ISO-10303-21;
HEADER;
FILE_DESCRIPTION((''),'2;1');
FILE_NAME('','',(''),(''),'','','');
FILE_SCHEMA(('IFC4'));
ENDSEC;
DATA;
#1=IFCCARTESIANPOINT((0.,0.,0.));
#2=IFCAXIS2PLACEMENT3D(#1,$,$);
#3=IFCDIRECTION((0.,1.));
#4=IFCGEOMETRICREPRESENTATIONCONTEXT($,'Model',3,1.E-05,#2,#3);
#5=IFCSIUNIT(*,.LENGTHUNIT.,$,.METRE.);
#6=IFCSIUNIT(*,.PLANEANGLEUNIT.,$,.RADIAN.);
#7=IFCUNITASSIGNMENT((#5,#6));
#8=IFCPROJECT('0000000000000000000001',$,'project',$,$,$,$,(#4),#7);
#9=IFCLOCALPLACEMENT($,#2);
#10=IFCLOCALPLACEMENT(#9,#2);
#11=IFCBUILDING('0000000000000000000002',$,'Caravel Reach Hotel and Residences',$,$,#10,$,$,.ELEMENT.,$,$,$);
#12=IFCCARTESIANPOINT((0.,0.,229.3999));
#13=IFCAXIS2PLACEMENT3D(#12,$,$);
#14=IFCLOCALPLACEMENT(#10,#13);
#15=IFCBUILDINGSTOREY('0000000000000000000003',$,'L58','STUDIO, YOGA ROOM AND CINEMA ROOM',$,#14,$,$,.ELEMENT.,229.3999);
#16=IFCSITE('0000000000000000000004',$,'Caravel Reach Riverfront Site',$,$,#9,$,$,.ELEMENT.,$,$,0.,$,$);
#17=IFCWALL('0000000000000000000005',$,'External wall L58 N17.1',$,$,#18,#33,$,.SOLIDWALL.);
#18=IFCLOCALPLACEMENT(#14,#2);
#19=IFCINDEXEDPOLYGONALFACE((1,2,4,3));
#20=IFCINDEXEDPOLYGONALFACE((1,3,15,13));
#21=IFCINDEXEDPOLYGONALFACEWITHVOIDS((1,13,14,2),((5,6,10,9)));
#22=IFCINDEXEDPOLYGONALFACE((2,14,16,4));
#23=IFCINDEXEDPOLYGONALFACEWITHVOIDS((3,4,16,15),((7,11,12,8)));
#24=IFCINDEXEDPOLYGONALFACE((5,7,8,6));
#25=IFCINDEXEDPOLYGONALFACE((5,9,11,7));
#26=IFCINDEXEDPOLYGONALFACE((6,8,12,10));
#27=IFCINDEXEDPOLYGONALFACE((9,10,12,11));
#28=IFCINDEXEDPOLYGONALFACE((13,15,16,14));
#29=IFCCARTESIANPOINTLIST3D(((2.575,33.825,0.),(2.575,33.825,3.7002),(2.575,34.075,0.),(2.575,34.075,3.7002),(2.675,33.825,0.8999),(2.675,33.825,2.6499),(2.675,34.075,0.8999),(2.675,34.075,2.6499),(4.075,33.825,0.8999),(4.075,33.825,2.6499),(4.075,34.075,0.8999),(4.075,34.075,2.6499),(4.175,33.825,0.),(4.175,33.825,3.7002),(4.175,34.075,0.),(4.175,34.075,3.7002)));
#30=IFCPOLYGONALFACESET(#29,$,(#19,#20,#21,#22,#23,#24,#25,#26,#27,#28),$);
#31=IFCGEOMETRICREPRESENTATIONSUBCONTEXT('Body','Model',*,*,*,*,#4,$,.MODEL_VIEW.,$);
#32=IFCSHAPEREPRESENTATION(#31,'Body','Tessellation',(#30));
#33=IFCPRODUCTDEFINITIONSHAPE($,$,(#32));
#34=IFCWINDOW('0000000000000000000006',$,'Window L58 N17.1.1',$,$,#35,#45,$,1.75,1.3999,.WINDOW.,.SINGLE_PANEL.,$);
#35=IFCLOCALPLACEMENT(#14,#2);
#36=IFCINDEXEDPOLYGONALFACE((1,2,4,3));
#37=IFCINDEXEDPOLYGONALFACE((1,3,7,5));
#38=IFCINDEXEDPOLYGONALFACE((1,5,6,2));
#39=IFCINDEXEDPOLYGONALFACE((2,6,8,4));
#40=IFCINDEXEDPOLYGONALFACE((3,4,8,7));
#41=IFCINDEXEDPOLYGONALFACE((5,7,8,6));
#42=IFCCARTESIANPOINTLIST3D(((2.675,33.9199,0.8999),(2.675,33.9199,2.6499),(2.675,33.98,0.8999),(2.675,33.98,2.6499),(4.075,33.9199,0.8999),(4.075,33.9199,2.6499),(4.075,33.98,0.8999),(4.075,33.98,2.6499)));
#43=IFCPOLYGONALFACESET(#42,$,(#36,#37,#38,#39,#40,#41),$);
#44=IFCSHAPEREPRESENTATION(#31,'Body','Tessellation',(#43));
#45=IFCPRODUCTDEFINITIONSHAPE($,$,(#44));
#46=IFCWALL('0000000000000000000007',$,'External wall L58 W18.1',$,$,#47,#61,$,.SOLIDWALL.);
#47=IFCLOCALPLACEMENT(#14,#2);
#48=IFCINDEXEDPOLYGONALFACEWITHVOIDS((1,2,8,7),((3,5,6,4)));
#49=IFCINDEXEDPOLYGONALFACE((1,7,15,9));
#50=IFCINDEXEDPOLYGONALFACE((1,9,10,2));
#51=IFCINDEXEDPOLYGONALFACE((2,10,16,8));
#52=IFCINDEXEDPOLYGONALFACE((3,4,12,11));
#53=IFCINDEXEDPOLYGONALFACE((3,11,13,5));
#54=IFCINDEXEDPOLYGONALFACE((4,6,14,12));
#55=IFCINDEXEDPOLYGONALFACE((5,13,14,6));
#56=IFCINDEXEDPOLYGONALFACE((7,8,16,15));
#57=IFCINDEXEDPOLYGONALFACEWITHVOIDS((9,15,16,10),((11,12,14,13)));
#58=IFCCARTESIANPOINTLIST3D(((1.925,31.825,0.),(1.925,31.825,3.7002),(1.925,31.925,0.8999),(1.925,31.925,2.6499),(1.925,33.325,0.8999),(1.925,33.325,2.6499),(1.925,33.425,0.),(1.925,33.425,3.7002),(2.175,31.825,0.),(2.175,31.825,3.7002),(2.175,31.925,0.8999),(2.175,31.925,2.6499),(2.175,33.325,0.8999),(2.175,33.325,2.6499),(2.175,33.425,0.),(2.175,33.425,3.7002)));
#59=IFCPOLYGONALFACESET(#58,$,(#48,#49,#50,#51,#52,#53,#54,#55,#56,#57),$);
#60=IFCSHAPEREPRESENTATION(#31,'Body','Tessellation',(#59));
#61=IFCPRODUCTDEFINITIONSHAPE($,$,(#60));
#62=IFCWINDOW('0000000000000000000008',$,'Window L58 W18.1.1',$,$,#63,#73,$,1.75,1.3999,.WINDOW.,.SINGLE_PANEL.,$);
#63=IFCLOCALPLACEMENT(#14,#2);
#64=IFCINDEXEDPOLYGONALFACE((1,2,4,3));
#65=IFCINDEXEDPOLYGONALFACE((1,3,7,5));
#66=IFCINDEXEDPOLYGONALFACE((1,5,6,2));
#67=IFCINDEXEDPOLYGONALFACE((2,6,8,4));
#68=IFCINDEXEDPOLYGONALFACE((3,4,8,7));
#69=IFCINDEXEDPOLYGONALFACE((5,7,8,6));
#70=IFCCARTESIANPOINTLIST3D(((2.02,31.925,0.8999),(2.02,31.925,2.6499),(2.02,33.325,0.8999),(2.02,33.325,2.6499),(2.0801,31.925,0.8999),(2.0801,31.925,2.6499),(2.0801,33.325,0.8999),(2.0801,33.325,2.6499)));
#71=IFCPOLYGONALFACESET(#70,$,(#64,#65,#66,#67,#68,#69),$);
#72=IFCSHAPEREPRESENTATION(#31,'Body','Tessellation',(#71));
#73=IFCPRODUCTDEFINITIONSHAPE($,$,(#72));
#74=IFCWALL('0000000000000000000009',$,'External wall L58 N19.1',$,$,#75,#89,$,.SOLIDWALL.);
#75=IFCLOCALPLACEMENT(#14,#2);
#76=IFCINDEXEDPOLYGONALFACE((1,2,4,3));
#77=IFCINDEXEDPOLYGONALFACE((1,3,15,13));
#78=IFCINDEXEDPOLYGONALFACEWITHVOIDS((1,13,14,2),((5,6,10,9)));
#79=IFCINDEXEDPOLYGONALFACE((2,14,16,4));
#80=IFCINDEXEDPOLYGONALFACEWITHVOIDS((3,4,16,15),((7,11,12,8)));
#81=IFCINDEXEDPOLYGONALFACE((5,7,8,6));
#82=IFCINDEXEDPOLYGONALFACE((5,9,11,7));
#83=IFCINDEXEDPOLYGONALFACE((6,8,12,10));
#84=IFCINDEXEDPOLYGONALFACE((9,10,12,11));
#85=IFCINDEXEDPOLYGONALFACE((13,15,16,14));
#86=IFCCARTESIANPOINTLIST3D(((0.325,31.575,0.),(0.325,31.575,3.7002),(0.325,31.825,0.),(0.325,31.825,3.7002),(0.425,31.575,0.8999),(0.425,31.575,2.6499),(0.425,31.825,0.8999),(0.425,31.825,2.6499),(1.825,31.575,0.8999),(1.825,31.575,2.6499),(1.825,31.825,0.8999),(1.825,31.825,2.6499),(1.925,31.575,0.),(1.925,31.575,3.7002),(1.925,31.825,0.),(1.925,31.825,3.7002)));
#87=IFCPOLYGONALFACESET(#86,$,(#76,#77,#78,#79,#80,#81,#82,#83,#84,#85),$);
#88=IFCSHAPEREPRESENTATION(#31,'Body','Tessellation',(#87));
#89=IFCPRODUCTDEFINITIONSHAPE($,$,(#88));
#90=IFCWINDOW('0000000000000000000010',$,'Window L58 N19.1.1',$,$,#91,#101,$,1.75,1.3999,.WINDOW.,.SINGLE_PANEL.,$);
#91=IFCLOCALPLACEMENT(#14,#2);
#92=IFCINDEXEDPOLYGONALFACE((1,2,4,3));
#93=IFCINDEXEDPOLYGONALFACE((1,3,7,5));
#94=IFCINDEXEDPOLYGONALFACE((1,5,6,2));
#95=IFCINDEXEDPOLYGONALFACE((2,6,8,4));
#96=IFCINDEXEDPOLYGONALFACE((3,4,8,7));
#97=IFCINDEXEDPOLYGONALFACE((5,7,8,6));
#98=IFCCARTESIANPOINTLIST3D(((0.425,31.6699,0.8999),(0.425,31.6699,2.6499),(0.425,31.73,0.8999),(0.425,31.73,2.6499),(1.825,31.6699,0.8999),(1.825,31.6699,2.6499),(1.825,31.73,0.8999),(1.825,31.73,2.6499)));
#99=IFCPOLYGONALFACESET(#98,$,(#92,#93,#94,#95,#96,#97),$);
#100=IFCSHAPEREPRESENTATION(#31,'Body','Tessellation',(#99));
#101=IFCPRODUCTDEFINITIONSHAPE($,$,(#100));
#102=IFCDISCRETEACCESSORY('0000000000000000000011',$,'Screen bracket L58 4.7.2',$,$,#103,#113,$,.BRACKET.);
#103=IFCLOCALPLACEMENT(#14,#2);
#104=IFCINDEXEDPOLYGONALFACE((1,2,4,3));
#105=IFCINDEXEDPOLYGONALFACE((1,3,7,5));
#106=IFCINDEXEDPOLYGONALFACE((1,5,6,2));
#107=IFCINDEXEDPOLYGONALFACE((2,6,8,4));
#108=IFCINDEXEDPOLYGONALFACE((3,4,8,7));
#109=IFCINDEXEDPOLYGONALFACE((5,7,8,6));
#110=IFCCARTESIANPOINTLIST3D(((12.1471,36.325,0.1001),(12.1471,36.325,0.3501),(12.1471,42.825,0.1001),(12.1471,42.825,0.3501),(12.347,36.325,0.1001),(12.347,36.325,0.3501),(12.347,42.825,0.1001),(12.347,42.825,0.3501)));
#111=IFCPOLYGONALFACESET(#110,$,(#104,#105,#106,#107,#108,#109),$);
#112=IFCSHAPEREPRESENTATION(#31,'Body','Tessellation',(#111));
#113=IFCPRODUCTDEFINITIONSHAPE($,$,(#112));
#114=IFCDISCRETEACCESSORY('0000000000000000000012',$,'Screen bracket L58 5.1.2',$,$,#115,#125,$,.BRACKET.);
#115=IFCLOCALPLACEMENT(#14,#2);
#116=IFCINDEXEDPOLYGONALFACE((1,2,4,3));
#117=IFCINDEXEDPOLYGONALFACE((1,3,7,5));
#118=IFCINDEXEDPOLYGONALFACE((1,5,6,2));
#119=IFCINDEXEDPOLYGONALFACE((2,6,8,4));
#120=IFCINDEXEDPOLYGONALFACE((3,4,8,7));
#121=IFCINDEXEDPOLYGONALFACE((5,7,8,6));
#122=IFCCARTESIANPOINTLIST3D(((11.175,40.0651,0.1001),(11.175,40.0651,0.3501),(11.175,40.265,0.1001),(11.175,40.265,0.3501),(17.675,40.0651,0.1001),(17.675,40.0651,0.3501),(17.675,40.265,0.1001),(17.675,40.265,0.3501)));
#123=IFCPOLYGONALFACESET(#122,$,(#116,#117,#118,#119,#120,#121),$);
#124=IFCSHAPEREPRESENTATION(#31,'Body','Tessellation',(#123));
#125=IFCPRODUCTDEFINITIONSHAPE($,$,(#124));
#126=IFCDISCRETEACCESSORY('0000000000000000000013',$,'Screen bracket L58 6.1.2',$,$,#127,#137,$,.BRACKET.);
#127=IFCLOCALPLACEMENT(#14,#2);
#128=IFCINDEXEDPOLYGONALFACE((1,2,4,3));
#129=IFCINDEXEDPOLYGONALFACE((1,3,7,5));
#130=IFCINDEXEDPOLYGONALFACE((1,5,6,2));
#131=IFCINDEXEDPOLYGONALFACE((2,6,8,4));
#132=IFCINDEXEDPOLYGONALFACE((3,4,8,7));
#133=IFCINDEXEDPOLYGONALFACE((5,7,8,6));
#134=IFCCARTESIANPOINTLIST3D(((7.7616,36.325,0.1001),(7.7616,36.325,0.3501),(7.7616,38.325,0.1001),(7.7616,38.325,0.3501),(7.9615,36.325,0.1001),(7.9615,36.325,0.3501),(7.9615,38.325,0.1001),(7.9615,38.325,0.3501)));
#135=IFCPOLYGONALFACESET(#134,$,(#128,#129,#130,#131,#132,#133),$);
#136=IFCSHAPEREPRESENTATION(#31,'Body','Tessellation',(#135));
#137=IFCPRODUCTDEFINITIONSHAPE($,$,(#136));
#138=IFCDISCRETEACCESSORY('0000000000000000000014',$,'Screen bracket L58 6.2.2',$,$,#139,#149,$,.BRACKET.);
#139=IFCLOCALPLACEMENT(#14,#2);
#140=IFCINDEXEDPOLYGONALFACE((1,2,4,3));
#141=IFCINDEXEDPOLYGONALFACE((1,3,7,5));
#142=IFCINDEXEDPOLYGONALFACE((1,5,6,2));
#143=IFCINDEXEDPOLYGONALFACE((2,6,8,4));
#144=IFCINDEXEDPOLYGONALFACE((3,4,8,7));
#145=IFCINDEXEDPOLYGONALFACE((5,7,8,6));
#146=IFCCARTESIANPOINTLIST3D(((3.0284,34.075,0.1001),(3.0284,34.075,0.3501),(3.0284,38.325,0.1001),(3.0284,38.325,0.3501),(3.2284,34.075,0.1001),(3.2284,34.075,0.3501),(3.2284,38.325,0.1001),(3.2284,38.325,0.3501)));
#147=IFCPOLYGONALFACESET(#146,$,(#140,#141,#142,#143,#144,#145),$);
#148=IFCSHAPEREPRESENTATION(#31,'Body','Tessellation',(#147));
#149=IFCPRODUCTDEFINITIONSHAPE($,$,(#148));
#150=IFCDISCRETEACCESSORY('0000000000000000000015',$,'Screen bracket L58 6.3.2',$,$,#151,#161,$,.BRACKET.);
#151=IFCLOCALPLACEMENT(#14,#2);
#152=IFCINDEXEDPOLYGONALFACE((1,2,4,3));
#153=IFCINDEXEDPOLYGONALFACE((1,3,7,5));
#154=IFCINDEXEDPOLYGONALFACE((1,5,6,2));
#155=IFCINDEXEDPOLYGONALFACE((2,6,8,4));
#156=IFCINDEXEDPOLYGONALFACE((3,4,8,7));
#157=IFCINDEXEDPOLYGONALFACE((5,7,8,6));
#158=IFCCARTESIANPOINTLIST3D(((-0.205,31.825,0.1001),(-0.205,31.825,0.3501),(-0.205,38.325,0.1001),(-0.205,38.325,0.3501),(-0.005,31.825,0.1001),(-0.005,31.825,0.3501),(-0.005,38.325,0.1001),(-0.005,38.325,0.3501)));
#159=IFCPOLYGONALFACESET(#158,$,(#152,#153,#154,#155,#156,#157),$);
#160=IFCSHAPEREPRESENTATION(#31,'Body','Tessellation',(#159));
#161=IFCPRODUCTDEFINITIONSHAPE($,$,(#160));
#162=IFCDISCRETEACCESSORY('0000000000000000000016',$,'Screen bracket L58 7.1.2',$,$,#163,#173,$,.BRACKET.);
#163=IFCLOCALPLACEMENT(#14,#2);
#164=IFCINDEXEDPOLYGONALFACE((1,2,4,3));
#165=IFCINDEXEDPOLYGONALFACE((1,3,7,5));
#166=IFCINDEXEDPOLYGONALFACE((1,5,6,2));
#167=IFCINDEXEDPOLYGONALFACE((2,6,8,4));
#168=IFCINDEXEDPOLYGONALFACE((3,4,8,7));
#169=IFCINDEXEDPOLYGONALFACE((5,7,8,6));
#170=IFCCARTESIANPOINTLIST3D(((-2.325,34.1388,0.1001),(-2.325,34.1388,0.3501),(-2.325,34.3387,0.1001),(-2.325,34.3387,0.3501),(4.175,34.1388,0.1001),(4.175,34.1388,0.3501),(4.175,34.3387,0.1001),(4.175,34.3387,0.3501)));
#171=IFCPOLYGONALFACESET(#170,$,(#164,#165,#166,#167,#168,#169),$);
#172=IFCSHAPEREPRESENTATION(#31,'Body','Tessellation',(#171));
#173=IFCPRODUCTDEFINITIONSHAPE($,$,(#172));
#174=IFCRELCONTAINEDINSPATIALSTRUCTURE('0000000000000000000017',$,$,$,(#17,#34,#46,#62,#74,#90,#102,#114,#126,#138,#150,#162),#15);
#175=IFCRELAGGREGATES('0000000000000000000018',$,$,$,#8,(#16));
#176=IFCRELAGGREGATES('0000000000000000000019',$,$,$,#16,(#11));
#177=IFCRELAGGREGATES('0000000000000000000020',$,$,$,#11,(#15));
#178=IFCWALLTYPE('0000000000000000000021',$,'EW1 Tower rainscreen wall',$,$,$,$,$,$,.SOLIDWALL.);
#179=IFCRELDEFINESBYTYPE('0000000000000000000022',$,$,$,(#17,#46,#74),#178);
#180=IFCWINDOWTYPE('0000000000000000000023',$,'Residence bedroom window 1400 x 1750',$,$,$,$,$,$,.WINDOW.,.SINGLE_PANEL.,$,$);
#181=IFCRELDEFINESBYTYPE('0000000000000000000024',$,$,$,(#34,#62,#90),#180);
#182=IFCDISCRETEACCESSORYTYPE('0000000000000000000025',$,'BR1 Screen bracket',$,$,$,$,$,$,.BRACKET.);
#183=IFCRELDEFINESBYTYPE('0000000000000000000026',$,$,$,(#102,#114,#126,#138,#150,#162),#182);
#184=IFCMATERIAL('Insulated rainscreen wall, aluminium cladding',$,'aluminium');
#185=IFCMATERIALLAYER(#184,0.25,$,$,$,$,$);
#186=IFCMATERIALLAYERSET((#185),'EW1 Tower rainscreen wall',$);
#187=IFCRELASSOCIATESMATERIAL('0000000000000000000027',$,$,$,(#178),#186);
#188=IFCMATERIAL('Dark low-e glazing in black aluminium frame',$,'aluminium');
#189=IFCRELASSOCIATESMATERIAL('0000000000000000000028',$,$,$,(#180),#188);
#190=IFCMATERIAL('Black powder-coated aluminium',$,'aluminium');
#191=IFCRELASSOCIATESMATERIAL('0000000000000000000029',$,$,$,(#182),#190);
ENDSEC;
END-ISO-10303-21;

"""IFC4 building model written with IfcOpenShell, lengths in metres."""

from ifc_helpers import new_model, si_unit, direction, frame, frame_2d, origin, origin_2d, place, context, subcontext, project, spatial, rectangle, extrude, material, layer, layer_set, type_object, element, fill, save


model = new_model("IFC4")

# Units and contexts
model_context = context("Model", 3, precision=1e-05, world=origin(), true_north=direction((0.0, 1.0)))
body_context = subcontext(model_context, "Body", "Model", "MODEL_VIEW")
ifc_project = project(units=[si_unit("LENGTHUNIT", "METRE"), si_unit("PLANEANGLEUNIT", "RADIAN")], contexts=[model_context])

# Site, building, storey
site_placement = place(None, origin())
site = spatial("IfcSite", under=ifc_project, at=site_placement, Name="Caravel Reach Riverfront Site", CompositionType="ELEMENT", RefElevation=0.0)
building_placement = place(site_placement, origin())
building = spatial("IfcBuilding", under=site, at=building_placement, Name="Caravel Reach Hotel and Residences", CompositionType="ELEMENT")
storey_placement = place(building_placement, frame((0.0, 0.0, 229.3999)))
storey = spatial("IfcBuildingStorey", under=building, at=storey_placement, Name="L58", Description="STUDIO, YOGA ROOM AND CINEMA ROOM", CompositionType="ELEMENT", Elevation=229.3999)

# Shared definitions
ifc_material_1 = material(Name="Insulated rainscreen wall, aluminium cladding", Category="aluminium")
ifc_layer = layer(ifc_material_1, 0.25)
ifc_layer_set = layer_set([ifc_layer], Name="EW1 Tower rainscreen wall")
wall_type = type_object("IfcWallType", Name="EW1 Tower rainscreen wall", PredefinedType="SOLIDWALL", material=ifc_layer_set)

# Walls, openings, windows
ifc_material_2 = material(Name="Dark low-e glazing in black aluminium frame", Category="aluminium")
window_type_1 = type_object("IfcWindowType", Name="Residence bedroom window 1400 x 1750", PartitioningType="SINGLE_PANEL", PredefinedType="WINDOW", material=ifc_material_2)
wall_1_placement = place(storey_placement, frame((4.175, 33.95, 0.0), z_axis=(0.0, 0.0, 1.0), x_axis=(-1.0, 0.0, 0.0)))
wall_1 = element("IfcWall", 1, at=wall_1_placement, inside=storey, type_object=wall_type, Name="External wall L58 N17.1", PredefinedType="SOLIDWALL", context=body_context, shape_type="SweptSolid", body=[
    extrude(rectangle(XDim=1.6001, YDim=0.25, at=frame_2d((0.8, 0.0))), origin(), (0.0, 0.0, 1.0), 3.7002),
])
opening_1_placement = place(wall_1_placement, frame((0.1001, 0.0, 0.8999)))
opening_1 = element("IfcOpeningElement", 2, at=opening_1_placement, cuts=wall_1, PredefinedType="OPENING", context=body_context, shape_type="SweptSolid", body=[
    extrude(rectangle(XDim=1.3999, YDim=1.75, at=frame_2d((0.7, 0.875))), frame((0.0, 0.135, 0.0), z_axis=(0.0, -1.0, 0.0), x_axis=(1.0, 0.0, 0.0)), (0.0, 0.0, 1.0), 0.27),
])
window_1_placement = place(opening_1_placement, origin())
window_1 = element("IfcWindow", 3, at=window_1_placement, inside=storey, type_object=window_type_1, Name="Window L58 N17.1.1", OverallHeight=1.75, OverallWidth=1.3999, PartitioningType="SINGLE_PANEL", PredefinedType="WINDOW", context=body_context, shape_type="SweptSolid", body=[
    extrude(rectangle(XDim=1.3999, YDim=1.75, at=frame_2d((0.7, 0.875))), frame((0.0, 0.03, 0.0), z_axis=(0.0, -1.0, 0.0), x_axis=(1.0, 0.0, 0.0)), (0.0, 0.0, 1.0), 0.0601),
])
fill(opening_1, window_1)
wall_2_placement = place(storey_placement, frame((2.05, 33.425, 0.0), z_axis=(0.0, 0.0, 1.0), x_axis=(0.0, -1.0, 0.0)))
wall_2 = element("IfcWall", 4, at=wall_2_placement, inside=storey, type_object=wall_type, Name="External wall L58 W18.1", PredefinedType="SOLIDWALL", context=body_context, shape_type="SweptSolid", body=[
    extrude(rectangle(XDim=1.6001, YDim=0.25, at=frame_2d((0.8, 0.0))), origin(), (0.0, 0.0, 1.0), 3.7002),
])
opening_2_placement = place(wall_2_placement, frame((0.1001, 0.0, 0.8999)))
opening_2 = element("IfcOpeningElement", 5, at=opening_2_placement, cuts=wall_2, PredefinedType="OPENING", context=body_context, shape_type="SweptSolid", body=[
    extrude(rectangle(XDim=1.3999, YDim=1.75, at=frame_2d((0.7, 0.875))), frame((0.0, 0.135, 0.0), z_axis=(0.0, -1.0, 0.0), x_axis=(1.0, 0.0, 0.0)), (0.0, 0.0, 1.0), 0.27),
])
window_2_placement = place(opening_2_placement, origin())
window_2 = element("IfcWindow", 6, at=window_2_placement, inside=storey, type_object=window_type_1, Name="Window L58 W18.1.1", OverallHeight=1.75, OverallWidth=1.3999, PartitioningType="SINGLE_PANEL", PredefinedType="WINDOW", context=body_context, shape_type="SweptSolid", body=[
    extrude(rectangle(XDim=1.3999, YDim=1.75, at=frame_2d((0.7, 0.875))), frame((0.0, 0.03, 0.0), z_axis=(0.0, -1.0, 0.0), x_axis=(1.0, 0.0, 0.0)), (0.0, 0.0, 1.0), 0.0601),
])
fill(opening_2, window_2)
wall_3_placement = place(storey_placement, frame((1.925, 31.7, 0.0), z_axis=(0.0, 0.0, 1.0), x_axis=(-1.0, 0.0, 0.0)))
wall_3 = element("IfcWall", 7, at=wall_3_placement, inside=storey, type_object=wall_type, Name="External wall L58 N19.1", PredefinedType="SOLIDWALL", context=body_context, shape_type="SweptSolid", body=[
    extrude(rectangle(XDim=1.6001, YDim=0.25, at=frame_2d((0.8, 0.0))), origin(), (0.0, 0.0, 1.0), 3.7002),
])
opening_3_placement = place(wall_3_placement, frame((0.1001, 0.0, 0.8999)))
opening_3 = element("IfcOpeningElement", 8, at=opening_3_placement, cuts=wall_3, PredefinedType="OPENING", context=body_context, shape_type="SweptSolid", body=[
    extrude(rectangle(XDim=1.3999, YDim=1.75, at=frame_2d((0.7, 0.875))), frame((0.0, 0.135, 0.0), z_axis=(0.0, -1.0, 0.0), x_axis=(1.0, 0.0, 0.0)), (0.0, 0.0, 1.0), 0.27),
])
window_3_placement = place(opening_3_placement, origin())
window_3 = element("IfcWindow", 9, at=window_3_placement, inside=storey, type_object=window_type_1, Name="Window L58 N19.1.1", OverallHeight=1.75, OverallWidth=1.3999, PartitioningType="SINGLE_PANEL", PredefinedType="WINDOW", context=body_context, shape_type="SweptSolid", body=[
    extrude(rectangle(XDim=1.3999, YDim=1.75, at=frame_2d((0.7, 0.875))), frame((0.0, 0.03, 0.0), z_axis=(0.0, -1.0, 0.0), x_axis=(1.0, 0.0, 0.0)), (0.0, 0.0, 1.0), 0.0601),
])
fill(opening_3, window_3)

# Discrete accessories
ifc_material_3 = material(Name="Black powder-coated aluminium", Category="aluminium")
discrete_accessory_type = type_object("IfcDiscreteAccessoryType", Name="BR1 Screen bracket", PredefinedType="BRACKET", material=ifc_material_3)
for number, where, z_axis, x_axis, name in (
    (10, (12.2471, 39.575, 0.1001), (0.0, 0.0, 1.0), (0.0, 1.0, 0.0), "Screen bracket L58 4.7.2"),
    (11, (14.425, 40.165, 0.1001), (0.0, 0.0, 1.0), (-1.0, 0.0, 0.0), "Screen bracket L58 5.1.2"),
):
    element("IfcDiscreteAccessory", number, at=place(storey_placement, frame(where, z_axis=z_axis, x_axis=x_axis)), inside=storey, type_object=discrete_accessory_type, Name=name, PredefinedType="BRACKET", context=body_context, shape_type="SweptSolid", body=[
        extrude(rectangle(XDim=6.5, YDim=0.2, at=origin_2d()), origin(), (0.0, 0.0, 1.0), 0.25),
    ])
discrete_accessory_1_placement = place(storey_placement, frame((7.8616, 37.325, 0.1001), z_axis=(0.0, 0.0, 1.0), x_axis=(0.0, 1.0, 0.0)))
element("IfcDiscreteAccessory", 12, at=discrete_accessory_1_placement, inside=storey, type_object=discrete_accessory_type, Name="Screen bracket L58 6.1.2", PredefinedType="BRACKET", context=body_context, shape_type="SweptSolid", body=[
    extrude(rectangle(XDim=2.0, YDim=0.2, at=origin_2d()), origin(), (0.0, 0.0, 1.0), 0.25),
])
discrete_accessory_2_placement = place(storey_placement, frame((3.1284, 36.2, 0.1001), z_axis=(0.0, 0.0, 1.0), x_axis=(0.0, 1.0, 0.0)))
element("IfcDiscreteAccessory", 13, at=discrete_accessory_2_placement, inside=storey, type_object=discrete_accessory_type, Name="Screen bracket L58 6.2.2", PredefinedType="BRACKET", context=body_context, shape_type="SweptSolid", body=[
    extrude(rectangle(XDim=4.25, YDim=0.2, at=origin_2d()), origin(), (0.0, 0.0, 1.0), 0.25),
])
for number, where, z_axis, x_axis, name in (
    (14, (-0.105, 35.075, 0.1001), (0.0, 0.0, 1.0), (0.0, 1.0, 0.0), "Screen bracket L58 6.3.2"),
    (15, (0.925, 34.2388, 0.1001), (0.0, 0.0, 1.0), (-1.0, 0.0, 0.0), "Screen bracket L58 7.1.2"),
):
    element("IfcDiscreteAccessory", number, at=place(storey_placement, frame(where, z_axis=z_axis, x_axis=x_axis)), inside=storey, type_object=discrete_accessory_type, Name=name, PredefinedType="BRACKET", context=body_context, shape_type="SweptSolid", body=[
        extrude(rectangle(XDim=6.5, YDim=0.2, at=origin_2d()), origin(), (0.0, 0.0, 1.0), 0.25),
    ])

save(model, "model.ifc")
